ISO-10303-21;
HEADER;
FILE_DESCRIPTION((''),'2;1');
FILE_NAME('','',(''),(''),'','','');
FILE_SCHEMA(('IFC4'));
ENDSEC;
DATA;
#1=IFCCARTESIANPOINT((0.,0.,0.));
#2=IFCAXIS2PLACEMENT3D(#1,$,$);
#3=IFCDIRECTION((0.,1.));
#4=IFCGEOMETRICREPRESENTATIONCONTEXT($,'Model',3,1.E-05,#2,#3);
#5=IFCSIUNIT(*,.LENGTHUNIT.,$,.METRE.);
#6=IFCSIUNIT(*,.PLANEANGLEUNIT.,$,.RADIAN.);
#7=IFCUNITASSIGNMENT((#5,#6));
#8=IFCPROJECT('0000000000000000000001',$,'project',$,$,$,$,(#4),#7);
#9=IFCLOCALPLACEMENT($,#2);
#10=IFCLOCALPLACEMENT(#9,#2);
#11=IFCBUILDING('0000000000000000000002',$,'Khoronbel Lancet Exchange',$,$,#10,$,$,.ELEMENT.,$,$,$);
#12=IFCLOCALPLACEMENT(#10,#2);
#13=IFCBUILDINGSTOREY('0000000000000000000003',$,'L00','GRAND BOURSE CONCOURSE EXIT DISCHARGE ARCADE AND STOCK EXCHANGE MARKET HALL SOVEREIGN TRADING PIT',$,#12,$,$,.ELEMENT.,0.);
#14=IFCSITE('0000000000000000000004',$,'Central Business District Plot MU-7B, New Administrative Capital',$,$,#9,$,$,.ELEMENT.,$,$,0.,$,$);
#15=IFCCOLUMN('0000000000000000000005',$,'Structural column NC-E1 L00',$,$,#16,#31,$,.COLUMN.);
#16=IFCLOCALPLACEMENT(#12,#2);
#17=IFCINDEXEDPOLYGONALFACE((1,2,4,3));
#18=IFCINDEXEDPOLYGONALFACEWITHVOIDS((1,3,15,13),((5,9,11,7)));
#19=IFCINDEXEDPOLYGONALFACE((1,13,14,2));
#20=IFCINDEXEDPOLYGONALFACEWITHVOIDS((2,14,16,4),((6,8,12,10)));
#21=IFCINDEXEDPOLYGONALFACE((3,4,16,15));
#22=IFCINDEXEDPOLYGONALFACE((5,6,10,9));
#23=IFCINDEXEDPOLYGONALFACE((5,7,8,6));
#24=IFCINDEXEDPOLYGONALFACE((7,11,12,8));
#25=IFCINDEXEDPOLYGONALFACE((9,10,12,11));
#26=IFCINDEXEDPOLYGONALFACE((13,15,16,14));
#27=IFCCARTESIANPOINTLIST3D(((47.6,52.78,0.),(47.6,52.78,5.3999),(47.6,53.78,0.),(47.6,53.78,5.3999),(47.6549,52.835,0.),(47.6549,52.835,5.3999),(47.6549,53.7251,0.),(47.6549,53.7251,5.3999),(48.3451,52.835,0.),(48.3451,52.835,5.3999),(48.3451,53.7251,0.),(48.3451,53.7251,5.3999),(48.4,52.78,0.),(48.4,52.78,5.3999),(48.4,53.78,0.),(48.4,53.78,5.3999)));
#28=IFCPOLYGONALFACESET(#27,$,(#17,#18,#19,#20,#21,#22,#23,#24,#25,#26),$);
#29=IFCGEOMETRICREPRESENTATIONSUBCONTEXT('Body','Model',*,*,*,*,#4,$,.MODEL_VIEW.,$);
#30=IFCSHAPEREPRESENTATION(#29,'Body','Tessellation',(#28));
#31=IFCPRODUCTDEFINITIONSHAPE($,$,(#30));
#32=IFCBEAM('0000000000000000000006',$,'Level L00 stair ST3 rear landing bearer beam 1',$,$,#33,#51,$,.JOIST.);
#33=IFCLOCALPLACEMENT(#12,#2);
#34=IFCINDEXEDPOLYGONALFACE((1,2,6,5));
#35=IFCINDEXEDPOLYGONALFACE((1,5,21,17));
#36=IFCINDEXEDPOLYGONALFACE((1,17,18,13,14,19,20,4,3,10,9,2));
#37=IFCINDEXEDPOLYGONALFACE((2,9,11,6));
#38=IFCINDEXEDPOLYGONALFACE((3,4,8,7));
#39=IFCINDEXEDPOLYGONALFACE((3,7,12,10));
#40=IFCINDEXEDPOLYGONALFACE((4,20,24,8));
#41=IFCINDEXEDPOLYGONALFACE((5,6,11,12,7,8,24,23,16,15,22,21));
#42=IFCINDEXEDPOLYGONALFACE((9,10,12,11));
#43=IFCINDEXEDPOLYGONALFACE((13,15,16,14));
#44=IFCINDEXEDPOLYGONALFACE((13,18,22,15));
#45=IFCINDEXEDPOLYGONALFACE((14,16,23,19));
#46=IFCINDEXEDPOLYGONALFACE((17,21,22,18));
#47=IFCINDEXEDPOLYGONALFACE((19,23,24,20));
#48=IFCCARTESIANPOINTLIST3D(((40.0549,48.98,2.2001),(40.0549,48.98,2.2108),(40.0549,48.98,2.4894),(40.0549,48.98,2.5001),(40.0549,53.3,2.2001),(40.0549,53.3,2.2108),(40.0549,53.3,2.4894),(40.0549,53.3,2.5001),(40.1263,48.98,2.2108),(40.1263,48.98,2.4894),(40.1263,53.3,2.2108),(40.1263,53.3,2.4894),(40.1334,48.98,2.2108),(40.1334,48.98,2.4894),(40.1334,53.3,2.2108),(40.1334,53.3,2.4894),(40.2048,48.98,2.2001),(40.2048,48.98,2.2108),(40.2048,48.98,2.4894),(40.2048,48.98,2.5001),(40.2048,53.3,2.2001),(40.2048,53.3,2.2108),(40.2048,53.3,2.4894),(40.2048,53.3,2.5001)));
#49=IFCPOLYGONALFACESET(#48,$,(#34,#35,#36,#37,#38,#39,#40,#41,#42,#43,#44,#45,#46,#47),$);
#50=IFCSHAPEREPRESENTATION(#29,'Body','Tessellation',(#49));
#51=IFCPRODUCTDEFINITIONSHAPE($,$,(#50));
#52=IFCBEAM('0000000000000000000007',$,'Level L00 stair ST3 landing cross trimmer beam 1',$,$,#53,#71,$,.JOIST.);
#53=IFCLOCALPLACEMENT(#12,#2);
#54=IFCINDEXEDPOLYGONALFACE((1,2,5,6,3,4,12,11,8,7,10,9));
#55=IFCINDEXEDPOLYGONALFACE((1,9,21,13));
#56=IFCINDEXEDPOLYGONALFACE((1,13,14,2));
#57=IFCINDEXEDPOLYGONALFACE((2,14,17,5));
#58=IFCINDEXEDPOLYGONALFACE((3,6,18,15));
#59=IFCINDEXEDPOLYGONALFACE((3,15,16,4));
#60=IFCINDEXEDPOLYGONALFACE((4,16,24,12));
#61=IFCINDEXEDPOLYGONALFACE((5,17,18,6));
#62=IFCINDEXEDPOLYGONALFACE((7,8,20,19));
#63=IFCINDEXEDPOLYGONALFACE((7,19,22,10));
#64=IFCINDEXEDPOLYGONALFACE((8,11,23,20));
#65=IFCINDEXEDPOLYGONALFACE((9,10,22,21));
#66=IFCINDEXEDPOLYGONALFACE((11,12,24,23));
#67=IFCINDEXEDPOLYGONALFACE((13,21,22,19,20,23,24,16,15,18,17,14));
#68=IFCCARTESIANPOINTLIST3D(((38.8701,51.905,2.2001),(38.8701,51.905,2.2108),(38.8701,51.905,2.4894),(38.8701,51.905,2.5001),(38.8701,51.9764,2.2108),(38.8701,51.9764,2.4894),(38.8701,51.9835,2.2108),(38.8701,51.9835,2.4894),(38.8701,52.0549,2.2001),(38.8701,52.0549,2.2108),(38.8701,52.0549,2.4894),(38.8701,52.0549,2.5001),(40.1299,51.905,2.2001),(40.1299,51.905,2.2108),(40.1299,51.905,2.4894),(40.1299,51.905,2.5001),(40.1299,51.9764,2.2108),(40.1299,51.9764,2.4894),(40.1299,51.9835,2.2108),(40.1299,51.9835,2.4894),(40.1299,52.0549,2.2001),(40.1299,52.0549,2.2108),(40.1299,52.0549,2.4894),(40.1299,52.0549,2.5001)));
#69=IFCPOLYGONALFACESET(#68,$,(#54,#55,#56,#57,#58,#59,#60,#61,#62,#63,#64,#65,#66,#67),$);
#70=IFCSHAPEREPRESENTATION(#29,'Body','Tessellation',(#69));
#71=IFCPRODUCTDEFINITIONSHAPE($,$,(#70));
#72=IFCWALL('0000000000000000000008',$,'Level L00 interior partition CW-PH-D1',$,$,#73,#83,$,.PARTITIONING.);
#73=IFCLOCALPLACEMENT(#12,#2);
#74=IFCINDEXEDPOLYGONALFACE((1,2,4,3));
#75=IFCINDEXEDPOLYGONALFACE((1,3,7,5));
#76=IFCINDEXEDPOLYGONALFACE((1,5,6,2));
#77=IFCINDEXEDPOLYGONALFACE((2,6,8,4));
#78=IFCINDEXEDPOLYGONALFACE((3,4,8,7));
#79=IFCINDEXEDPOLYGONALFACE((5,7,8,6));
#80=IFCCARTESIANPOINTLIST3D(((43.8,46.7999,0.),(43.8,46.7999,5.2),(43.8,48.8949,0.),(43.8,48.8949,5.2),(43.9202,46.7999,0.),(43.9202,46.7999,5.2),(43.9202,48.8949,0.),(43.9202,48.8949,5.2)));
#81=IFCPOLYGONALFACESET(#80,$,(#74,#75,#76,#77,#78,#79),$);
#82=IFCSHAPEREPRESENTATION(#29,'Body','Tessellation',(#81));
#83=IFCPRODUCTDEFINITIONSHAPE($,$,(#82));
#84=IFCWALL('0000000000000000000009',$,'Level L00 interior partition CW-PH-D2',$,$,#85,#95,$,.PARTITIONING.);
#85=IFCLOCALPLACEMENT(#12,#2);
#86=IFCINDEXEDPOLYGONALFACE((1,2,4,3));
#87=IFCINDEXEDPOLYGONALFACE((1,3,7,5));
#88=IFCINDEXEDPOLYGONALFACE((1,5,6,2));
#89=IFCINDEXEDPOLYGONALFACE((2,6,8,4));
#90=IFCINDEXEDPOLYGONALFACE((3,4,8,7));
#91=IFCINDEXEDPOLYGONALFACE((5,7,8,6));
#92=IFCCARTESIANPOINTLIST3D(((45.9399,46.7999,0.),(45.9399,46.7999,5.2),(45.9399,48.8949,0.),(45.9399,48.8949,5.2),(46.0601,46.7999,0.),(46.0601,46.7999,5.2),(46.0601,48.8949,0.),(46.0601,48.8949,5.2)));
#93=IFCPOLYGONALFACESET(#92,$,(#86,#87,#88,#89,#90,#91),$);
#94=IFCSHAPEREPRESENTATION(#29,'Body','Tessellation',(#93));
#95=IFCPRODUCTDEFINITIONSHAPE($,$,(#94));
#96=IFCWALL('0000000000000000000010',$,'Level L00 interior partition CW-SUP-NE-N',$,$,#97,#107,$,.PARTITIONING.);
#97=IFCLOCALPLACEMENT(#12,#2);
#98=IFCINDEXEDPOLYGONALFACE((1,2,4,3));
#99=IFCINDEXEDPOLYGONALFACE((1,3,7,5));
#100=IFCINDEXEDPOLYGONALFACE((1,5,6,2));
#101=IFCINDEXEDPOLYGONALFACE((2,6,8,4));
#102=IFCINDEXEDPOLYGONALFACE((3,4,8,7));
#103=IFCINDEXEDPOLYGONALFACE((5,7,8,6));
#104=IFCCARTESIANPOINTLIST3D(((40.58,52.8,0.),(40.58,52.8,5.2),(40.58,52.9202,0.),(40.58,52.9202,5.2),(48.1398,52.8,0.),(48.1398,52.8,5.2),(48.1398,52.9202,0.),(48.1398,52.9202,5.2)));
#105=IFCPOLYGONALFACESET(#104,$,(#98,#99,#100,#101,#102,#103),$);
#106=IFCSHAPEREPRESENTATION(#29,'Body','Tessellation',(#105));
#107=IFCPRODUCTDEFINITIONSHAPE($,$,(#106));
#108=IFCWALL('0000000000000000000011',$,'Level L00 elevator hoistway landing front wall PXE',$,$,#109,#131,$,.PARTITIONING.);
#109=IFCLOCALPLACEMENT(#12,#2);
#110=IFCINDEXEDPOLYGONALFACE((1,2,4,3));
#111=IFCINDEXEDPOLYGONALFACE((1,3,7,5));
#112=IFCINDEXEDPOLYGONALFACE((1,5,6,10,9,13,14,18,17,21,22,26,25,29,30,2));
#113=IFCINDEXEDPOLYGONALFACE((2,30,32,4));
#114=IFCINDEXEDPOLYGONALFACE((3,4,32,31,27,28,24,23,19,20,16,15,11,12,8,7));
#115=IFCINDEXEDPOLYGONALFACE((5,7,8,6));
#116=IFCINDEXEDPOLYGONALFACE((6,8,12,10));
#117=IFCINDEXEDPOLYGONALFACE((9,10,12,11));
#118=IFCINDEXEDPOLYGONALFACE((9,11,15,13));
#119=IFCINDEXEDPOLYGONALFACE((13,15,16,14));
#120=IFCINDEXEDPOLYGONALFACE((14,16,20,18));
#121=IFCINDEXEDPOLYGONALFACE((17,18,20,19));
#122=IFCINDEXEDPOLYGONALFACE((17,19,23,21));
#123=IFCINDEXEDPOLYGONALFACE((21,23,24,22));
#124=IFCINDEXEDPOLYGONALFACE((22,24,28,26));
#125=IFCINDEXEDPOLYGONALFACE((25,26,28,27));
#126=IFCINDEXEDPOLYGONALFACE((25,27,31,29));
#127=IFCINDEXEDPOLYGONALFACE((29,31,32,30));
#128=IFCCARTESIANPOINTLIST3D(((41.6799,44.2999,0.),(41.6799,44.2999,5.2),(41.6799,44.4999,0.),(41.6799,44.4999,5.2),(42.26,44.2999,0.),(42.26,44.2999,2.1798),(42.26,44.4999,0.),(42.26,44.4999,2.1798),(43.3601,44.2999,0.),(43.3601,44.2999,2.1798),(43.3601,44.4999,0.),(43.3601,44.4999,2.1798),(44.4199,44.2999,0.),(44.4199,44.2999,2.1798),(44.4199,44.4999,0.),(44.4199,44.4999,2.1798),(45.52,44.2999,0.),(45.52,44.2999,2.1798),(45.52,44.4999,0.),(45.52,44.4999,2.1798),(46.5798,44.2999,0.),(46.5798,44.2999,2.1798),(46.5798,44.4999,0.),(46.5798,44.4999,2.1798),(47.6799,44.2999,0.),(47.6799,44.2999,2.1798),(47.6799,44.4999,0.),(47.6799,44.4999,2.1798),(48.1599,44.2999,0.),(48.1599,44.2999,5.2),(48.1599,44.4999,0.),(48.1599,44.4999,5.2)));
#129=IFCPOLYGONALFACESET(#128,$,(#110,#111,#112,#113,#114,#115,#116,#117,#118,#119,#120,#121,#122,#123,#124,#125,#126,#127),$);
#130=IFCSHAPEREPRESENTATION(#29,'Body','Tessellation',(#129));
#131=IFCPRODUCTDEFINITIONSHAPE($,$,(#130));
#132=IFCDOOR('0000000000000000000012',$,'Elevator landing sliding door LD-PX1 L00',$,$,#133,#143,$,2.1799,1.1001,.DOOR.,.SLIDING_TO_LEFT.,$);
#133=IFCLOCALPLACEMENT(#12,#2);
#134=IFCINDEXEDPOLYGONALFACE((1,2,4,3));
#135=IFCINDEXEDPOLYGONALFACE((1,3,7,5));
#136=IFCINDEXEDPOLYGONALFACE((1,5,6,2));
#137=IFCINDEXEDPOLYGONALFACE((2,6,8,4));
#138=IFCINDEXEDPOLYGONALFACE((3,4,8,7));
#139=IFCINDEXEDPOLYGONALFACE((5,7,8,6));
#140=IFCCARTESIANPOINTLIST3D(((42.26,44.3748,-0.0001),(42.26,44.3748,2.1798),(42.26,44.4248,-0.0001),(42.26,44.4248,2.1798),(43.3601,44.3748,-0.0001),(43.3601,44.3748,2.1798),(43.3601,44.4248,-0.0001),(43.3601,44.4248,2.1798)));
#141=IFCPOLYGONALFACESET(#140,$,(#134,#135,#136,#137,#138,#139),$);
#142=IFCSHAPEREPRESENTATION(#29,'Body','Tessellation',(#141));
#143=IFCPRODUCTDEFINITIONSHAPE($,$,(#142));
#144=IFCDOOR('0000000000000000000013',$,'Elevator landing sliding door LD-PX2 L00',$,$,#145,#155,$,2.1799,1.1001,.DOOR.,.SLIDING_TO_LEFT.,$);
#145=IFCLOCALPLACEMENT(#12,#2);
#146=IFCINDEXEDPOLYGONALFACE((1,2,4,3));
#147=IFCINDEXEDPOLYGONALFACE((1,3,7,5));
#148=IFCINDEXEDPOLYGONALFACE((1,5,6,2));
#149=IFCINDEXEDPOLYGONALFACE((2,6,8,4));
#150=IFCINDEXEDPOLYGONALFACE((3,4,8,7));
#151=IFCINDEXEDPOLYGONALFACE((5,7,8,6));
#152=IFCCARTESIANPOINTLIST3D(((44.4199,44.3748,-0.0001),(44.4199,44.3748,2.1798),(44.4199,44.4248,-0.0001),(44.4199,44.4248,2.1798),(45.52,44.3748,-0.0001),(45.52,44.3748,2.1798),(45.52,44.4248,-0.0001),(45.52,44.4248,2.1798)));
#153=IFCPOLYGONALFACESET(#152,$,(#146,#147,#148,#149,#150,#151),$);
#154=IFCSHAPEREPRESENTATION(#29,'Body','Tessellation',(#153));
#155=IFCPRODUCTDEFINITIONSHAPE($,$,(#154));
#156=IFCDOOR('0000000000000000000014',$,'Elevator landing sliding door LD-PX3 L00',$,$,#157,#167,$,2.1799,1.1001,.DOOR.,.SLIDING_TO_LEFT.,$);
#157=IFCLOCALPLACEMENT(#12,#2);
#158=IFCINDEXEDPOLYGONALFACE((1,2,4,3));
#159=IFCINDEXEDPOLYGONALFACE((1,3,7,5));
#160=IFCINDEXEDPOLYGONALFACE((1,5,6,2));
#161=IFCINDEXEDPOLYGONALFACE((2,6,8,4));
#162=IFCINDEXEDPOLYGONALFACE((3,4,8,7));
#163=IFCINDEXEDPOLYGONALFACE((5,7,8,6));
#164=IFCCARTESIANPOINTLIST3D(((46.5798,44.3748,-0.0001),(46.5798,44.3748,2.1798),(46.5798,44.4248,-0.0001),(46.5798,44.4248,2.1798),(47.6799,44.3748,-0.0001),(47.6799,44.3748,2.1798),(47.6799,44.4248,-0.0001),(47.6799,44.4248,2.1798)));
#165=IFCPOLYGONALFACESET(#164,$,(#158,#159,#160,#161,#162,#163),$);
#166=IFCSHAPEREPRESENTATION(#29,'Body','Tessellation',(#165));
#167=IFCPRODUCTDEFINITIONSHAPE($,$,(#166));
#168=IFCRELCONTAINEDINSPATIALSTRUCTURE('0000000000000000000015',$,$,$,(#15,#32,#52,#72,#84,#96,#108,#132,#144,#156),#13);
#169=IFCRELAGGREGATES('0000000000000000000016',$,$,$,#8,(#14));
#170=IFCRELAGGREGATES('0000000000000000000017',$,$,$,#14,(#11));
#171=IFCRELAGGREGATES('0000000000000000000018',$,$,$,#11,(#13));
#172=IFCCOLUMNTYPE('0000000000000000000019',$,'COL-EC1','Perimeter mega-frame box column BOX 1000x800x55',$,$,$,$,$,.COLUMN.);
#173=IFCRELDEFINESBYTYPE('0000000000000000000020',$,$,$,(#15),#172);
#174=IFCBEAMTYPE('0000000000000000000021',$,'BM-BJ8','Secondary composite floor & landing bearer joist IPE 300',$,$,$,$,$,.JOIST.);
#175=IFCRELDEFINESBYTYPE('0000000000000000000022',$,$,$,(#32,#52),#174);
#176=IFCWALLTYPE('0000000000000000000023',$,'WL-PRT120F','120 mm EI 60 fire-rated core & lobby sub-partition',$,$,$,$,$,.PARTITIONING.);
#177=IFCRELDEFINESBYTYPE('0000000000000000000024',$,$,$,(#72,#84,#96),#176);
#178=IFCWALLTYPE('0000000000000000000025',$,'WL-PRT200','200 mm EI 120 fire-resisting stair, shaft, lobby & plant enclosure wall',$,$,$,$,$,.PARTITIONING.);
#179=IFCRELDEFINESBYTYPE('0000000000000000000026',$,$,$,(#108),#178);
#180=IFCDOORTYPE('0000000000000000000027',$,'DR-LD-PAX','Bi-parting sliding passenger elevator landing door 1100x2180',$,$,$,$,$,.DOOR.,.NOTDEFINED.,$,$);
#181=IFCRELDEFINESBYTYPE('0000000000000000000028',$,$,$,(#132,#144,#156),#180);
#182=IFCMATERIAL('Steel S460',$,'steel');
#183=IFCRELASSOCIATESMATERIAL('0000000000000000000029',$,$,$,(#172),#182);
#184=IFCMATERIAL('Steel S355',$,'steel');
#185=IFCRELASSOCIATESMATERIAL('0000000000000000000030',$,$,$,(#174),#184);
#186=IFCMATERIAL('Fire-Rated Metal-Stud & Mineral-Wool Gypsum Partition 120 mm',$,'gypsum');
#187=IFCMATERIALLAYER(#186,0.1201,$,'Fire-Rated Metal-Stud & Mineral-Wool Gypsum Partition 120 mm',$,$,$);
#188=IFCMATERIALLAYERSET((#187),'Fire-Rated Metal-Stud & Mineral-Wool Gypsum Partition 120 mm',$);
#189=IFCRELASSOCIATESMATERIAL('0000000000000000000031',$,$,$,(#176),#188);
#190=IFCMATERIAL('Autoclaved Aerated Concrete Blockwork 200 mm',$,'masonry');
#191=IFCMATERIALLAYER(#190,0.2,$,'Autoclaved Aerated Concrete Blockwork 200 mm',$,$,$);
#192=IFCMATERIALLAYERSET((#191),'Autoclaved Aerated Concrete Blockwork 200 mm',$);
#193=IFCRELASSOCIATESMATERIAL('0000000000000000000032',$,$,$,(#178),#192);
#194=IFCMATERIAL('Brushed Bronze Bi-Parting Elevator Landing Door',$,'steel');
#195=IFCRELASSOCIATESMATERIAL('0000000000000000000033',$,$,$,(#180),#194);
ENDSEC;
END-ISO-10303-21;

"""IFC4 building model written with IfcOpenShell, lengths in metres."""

from ifc_helpers import new_model, si_unit, direction, frame, frame_2d, origin, origin_2d, place, context, subcontext, project, spatial, rectangle, hollow_rectangle, i_section, extrude, material, layer, layer_set, material_profile, profile_set, type_object, element, fill, save


model = new_model("IFC4")

# Units and contexts
model_context = context("Model", 3, precision=1e-05, world=origin(), true_north=direction((0.0, 1.0)))
body_context = subcontext(model_context, "Body", "Model", "MODEL_VIEW")
ifc_project = project(units=[si_unit("LENGTHUNIT", "METRE"), si_unit("PLANEANGLEUNIT", "RADIAN")], contexts=[model_context])

# Site, building, storey
site_placement = place(None, origin())
site = spatial("IfcSite", under=ifc_project, at=site_placement, Name="Central Business District Plot MU-7B, New Administrative Capital", CompositionType="ELEMENT", RefElevation=0.0)
building_placement = place(site_placement, origin())
building = spatial("IfcBuilding", under=site, at=building_placement, Name="Khoronbel Lancet Exchange", CompositionType="ELEMENT")
storey_placement = place(building_placement, origin())
storey = spatial("IfcBuildingStorey", under=building, at=storey_placement, Name="L00", Description="GRAND BOURSE CONCOURSE EXIT DISCHARGE ARCADE AND STOCK EXCHANGE MARKET HALL SOVEREIGN TRADING PIT", CompositionType="ELEMENT", Elevation=0.0)

# Column
ifc_material_1 = material(Name="Steel S460", Category="steel")
ifc_material_profile_1 = material_profile(ifc_material_1, hollow_rectangle(XDim=0.8, YDim=1.0, WallThickness=0.0549, at=origin_2d()), Name="BOX 1000x800x55")
ifc_profile_set_1 = profile_set([ifc_material_profile_1], Name="Steel S460")
column_type = type_object("IfcColumnType", Name="COL-EC1", Description="Perimeter mega-frame box column BOX 1000x800x55", PredefinedType="COLUMN", material=ifc_profile_set_1)
column_placement = place(storey_placement, frame((48.0, 53.28, 0.0), z_axis=(0.0, 0.0, 1.0), x_axis=(1.0, 0.0, 0.0)))
element("IfcColumn", 1, at=column_placement, inside=storey, type_object=column_type, Name="Structural column NC-E1 L00", PredefinedType="COLUMN", context=body_context, shape_type="SweptSolid", body=[
    extrude(hollow_rectangle(XDim=0.8, YDim=1.0, WallThickness=0.0549, at=origin_2d()), origin(), (0.0, 0.0, 1.0), 5.3999),
])

# Beams
ifc_material_2 = material(Name="Steel S355", Category="steel")
ifc_material_profile_2 = material_profile(ifc_material_2, i_section(OverallWidth=0.1499, OverallDepth=0.3, WebThickness=0.0071, FlangeThickness=0.0107, at=origin_2d()), Name="IPE 300")
ifc_profile_set_2 = profile_set([ifc_material_profile_2], Name="Steel S355")
beam_type = type_object("IfcBeamType", Name="BM-BJ8", Description="Secondary composite floor & landing bearer joist IPE 300", PredefinedType="JOIST", material=ifc_profile_set_2)
beam_1_placement = place(storey_placement, frame((40.1299, 48.98, 2.3501), z_axis=(0.0, 1.0, 0.0), x_axis=(-1.0, 0.0, 0.0)))
element("IfcBeam", 2, at=beam_1_placement, inside=storey, type_object=beam_type, Name="Level L00 stair ST3 rear landing bearer beam 1", PredefinedType="JOIST", context=body_context, shape_type="SweptSolid", body=[
    extrude(i_section(OverallWidth=0.1499, OverallDepth=0.3, WebThickness=0.0071, FlangeThickness=0.0107, at=origin_2d()), origin(), (0.0, 0.0, 1.0), 4.3201),
])
beam_2_placement = place(storey_placement, frame((38.8701, 51.98, 2.3501), z_axis=(1.0, 0.0, 0.0), x_axis=(0.0, 1.0, 0.0)))
element("IfcBeam", 3, at=beam_2_placement, inside=storey, type_object=beam_type, Name="Level L00 stair ST3 landing cross trimmer beam 1", PredefinedType="JOIST", context=body_context, shape_type="SweptSolid", body=[
    extrude(i_section(OverallWidth=0.1499, OverallDepth=0.3, WebThickness=0.0071, FlangeThickness=0.0107, at=origin_2d()), origin(), (0.0, 0.0, 1.0), 1.2598),
])

# Walls
ifc_material_3 = material(Name="Fire-Rated Metal-Stud & Mineral-Wool Gypsum Partition 120 mm", Category="gypsum")
ifc_layer_1 = layer(ifc_material_3, 0.1201, Name="Fire-Rated Metal-Stud & Mineral-Wool Gypsum Partition 120 mm")
ifc_layer_set_1 = layer_set([ifc_layer_1], Name="Fire-Rated Metal-Stud & Mineral-Wool Gypsum Partition 120 mm")
wall_type_1 = type_object("IfcWallType", Name="WL-PRT120F", Description="120 mm EI 60 fire-rated core & lobby sub-partition", PredefinedType="PARTITIONING", material=ifc_layer_set_1)
for number, where, z_axis, x_axis, name in (
    (4, (43.8601, 46.8, 0.0), (0.0, 0.0, 1.0), (0.0, 1.0, 0.0), "Level L00 interior partition CW-PH-D1"),
    (5, (46.0, 46.8, 0.0), (0.0, 0.0, 1.0), (0.0, 1.0, 0.0), "Level L00 interior partition CW-PH-D2"),
):
    element("IfcWall", number, at=place(storey_placement, frame(where, z_axis=z_axis, x_axis=x_axis)), inside=storey, type_object=wall_type_1, Name=name, PredefinedType="PARTITIONING", context=body_context, shape_type="SweptSolid", body=[
        extrude(rectangle(XDim=2.095, YDim=0.1201, at=frame_2d((1.0474, 0.0))), origin(), (0.0, 0.0, 1.0), 5.2),
    ])
wall_1_placement = place(storey_placement, frame((40.5801, 52.8601, 0.0), z_axis=(0.0, 0.0, 1.0), x_axis=(1.0, 0.0, 0.0)))
element("IfcWall", 6, at=wall_1_placement, inside=storey, type_object=wall_type_1, Name="Level L00 interior partition CW-SUP-NE-N", PredefinedType="PARTITIONING", context=body_context, shape_type="SweptSolid", body=[
    extrude(rectangle(XDim=7.5598, YDim=0.1201, at=frame_2d((3.7798, 0.0))), origin(), (0.0, 0.0, 1.0), 5.2),
])

# Wall, openings, doors
ifc_material_4 = material(Name="Autoclaved Aerated Concrete Blockwork 200 mm", Category="masonry")
ifc_layer_2 = layer(ifc_material_4, 0.2, Name="Autoclaved Aerated Concrete Blockwork 200 mm")
ifc_layer_set_2 = layer_set([ifc_layer_2], Name="Autoclaved Aerated Concrete Blockwork 200 mm")
wall_type_2 = type_object("IfcWallType", Name="WL-PRT200", Description="200 mm EI 120 fire-resisting stair, shaft, lobby & plant enclosure wall", PredefinedType="PARTITIONING", material=ifc_layer_set_2)
wall_2_placement = place(storey_placement, frame((41.6799, 44.3999, 0.0), z_axis=(0.0, 0.0, 1.0), x_axis=(1.0, 0.0, 0.0)))
wall_2 = element("IfcWall", 7, at=wall_2_placement, inside=storey, type_object=wall_type_2, Name="Level L00 elevator hoistway landing front wall PXE", PredefinedType="PARTITIONING", context=body_context, shape_type="SweptSolid", body=[
    extrude(rectangle(XDim=6.48, YDim=0.2, at=frame_2d((3.24, 0.0))), origin(), (0.0, 0.0, 1.0), 5.2),
])
opening_1_placement = place(wall_2_placement, frame((0.5801, 0.0, 0.0)))
opening_1 = element("IfcOpeningElement", 8, at=opening_1_placement, cuts=wall_2, PredefinedType="OPENING", context=body_context, shape_type="SweptSolid", body=[
    extrude(rectangle(XDim=1.1001, YDim=2.1799, at=frame_2d((0.55, 1.0898))), frame((0.0, 0.1099, 0.0), z_axis=(0.0, -1.0, 0.0), x_axis=(1.0, 0.0, 0.0)), (0.0, 0.0, 1.0), 0.22),
])
opening_2_placement = place(wall_2_placement, frame((2.74, 0.0, 0.0)))
opening_2 = element("IfcOpeningElement", 9, at=opening_2_placement, cuts=wall_2, PredefinedType="OPENING", context=body_context, shape_type="SweptSolid", body=[
    extrude(rectangle(XDim=1.1001, YDim=2.1799, at=frame_2d((0.55, 1.0898))), frame((0.0, 0.1099, 0.0), z_axis=(0.0, -1.0, 0.0), x_axis=(1.0, 0.0, 0.0)), (0.0, 0.0, 1.0), 0.22),
])
opening_3_placement = place(wall_2_placement, frame((4.8999, 0.0, 0.0)))
opening_3 = element("IfcOpeningElement", 10, at=opening_3_placement, cuts=wall_2, PredefinedType="OPENING", context=body_context, shape_type="SweptSolid", body=[
    extrude(rectangle(XDim=1.1001, YDim=2.1799, at=frame_2d((0.55, 1.0898))), frame((0.0, 0.1099, 0.0), z_axis=(0.0, -1.0, 0.0), x_axis=(1.0, 0.0, 0.0)), (0.0, 0.0, 1.0), 0.22),
])
ifc_material_5 = material(Name="Brushed Bronze Bi-Parting Elevator Landing Door", Category="steel")
door_type_1 = type_object("IfcDoorType", Name="DR-LD-PAX", Description="Bi-parting sliding passenger elevator landing door 1100x2180", OperationType="NOTDEFINED", PredefinedType="DOOR", material=ifc_material_5)
door_1_placement = place(opening_1_placement, origin())
door_1 = element("IfcDoor", 11, at=door_1_placement, inside=storey, type_object=door_type_1, Name="Elevator landing sliding door LD-PX1 L00", OperationType="SLIDING_TO_LEFT", OverallHeight=2.1799, OverallWidth=1.1001, PredefinedType="DOOR", context=body_context, shape_type="SweptSolid", body=[
    extrude(rectangle(XDim=1.1001, YDim=2.1799, at=frame_2d((0.55, 1.0898))), frame((0.0, 0.0249, 0.0), z_axis=(0.0, -1.0, 0.0), x_axis=(1.0, 0.0, 0.0)), (0.0, 0.0, 1.0), 0.05),
])
fill(opening_1, door_1)
door_2_placement = place(opening_2_placement, origin())
door_2 = element("IfcDoor", 12, at=door_2_placement, inside=storey, type_object=door_type_1, Name="Elevator landing sliding door LD-PX2 L00", OperationType="SLIDING_TO_LEFT", OverallHeight=2.1799, OverallWidth=1.1001, PredefinedType="DOOR", context=body_context, shape_type="SweptSolid", body=[
    extrude(rectangle(XDim=1.1001, YDim=2.1799, at=frame_2d((0.55, 1.0898))), frame((0.0, 0.0249, 0.0), z_axis=(0.0, -1.0, 0.0), x_axis=(1.0, 0.0, 0.0)), (0.0, 0.0, 1.0), 0.05),
])
fill(opening_2, door_2)
door_3_placement = place(opening_3_placement, origin())
door_3 = element("IfcDoor", 13, at=door_3_placement, inside=storey, type_object=door_type_1, Name="Elevator landing sliding door LD-PX3 L00", OperationType="SLIDING_TO_LEFT", OverallHeight=2.1799, OverallWidth=1.1001, PredefinedType="DOOR", context=body_context, shape_type="SweptSolid", body=[
    extrude(rectangle(XDim=1.1001, YDim=2.1799, at=frame_2d((0.55, 1.0898))), frame((0.0, 0.0249, 0.0), z_axis=(0.0, -1.0, 0.0), x_axis=(1.0, 0.0, 0.0)), (0.0, 0.0, 1.0), 0.05),
])
fill(opening_3, door_3)

save(model, "model.ifc")
